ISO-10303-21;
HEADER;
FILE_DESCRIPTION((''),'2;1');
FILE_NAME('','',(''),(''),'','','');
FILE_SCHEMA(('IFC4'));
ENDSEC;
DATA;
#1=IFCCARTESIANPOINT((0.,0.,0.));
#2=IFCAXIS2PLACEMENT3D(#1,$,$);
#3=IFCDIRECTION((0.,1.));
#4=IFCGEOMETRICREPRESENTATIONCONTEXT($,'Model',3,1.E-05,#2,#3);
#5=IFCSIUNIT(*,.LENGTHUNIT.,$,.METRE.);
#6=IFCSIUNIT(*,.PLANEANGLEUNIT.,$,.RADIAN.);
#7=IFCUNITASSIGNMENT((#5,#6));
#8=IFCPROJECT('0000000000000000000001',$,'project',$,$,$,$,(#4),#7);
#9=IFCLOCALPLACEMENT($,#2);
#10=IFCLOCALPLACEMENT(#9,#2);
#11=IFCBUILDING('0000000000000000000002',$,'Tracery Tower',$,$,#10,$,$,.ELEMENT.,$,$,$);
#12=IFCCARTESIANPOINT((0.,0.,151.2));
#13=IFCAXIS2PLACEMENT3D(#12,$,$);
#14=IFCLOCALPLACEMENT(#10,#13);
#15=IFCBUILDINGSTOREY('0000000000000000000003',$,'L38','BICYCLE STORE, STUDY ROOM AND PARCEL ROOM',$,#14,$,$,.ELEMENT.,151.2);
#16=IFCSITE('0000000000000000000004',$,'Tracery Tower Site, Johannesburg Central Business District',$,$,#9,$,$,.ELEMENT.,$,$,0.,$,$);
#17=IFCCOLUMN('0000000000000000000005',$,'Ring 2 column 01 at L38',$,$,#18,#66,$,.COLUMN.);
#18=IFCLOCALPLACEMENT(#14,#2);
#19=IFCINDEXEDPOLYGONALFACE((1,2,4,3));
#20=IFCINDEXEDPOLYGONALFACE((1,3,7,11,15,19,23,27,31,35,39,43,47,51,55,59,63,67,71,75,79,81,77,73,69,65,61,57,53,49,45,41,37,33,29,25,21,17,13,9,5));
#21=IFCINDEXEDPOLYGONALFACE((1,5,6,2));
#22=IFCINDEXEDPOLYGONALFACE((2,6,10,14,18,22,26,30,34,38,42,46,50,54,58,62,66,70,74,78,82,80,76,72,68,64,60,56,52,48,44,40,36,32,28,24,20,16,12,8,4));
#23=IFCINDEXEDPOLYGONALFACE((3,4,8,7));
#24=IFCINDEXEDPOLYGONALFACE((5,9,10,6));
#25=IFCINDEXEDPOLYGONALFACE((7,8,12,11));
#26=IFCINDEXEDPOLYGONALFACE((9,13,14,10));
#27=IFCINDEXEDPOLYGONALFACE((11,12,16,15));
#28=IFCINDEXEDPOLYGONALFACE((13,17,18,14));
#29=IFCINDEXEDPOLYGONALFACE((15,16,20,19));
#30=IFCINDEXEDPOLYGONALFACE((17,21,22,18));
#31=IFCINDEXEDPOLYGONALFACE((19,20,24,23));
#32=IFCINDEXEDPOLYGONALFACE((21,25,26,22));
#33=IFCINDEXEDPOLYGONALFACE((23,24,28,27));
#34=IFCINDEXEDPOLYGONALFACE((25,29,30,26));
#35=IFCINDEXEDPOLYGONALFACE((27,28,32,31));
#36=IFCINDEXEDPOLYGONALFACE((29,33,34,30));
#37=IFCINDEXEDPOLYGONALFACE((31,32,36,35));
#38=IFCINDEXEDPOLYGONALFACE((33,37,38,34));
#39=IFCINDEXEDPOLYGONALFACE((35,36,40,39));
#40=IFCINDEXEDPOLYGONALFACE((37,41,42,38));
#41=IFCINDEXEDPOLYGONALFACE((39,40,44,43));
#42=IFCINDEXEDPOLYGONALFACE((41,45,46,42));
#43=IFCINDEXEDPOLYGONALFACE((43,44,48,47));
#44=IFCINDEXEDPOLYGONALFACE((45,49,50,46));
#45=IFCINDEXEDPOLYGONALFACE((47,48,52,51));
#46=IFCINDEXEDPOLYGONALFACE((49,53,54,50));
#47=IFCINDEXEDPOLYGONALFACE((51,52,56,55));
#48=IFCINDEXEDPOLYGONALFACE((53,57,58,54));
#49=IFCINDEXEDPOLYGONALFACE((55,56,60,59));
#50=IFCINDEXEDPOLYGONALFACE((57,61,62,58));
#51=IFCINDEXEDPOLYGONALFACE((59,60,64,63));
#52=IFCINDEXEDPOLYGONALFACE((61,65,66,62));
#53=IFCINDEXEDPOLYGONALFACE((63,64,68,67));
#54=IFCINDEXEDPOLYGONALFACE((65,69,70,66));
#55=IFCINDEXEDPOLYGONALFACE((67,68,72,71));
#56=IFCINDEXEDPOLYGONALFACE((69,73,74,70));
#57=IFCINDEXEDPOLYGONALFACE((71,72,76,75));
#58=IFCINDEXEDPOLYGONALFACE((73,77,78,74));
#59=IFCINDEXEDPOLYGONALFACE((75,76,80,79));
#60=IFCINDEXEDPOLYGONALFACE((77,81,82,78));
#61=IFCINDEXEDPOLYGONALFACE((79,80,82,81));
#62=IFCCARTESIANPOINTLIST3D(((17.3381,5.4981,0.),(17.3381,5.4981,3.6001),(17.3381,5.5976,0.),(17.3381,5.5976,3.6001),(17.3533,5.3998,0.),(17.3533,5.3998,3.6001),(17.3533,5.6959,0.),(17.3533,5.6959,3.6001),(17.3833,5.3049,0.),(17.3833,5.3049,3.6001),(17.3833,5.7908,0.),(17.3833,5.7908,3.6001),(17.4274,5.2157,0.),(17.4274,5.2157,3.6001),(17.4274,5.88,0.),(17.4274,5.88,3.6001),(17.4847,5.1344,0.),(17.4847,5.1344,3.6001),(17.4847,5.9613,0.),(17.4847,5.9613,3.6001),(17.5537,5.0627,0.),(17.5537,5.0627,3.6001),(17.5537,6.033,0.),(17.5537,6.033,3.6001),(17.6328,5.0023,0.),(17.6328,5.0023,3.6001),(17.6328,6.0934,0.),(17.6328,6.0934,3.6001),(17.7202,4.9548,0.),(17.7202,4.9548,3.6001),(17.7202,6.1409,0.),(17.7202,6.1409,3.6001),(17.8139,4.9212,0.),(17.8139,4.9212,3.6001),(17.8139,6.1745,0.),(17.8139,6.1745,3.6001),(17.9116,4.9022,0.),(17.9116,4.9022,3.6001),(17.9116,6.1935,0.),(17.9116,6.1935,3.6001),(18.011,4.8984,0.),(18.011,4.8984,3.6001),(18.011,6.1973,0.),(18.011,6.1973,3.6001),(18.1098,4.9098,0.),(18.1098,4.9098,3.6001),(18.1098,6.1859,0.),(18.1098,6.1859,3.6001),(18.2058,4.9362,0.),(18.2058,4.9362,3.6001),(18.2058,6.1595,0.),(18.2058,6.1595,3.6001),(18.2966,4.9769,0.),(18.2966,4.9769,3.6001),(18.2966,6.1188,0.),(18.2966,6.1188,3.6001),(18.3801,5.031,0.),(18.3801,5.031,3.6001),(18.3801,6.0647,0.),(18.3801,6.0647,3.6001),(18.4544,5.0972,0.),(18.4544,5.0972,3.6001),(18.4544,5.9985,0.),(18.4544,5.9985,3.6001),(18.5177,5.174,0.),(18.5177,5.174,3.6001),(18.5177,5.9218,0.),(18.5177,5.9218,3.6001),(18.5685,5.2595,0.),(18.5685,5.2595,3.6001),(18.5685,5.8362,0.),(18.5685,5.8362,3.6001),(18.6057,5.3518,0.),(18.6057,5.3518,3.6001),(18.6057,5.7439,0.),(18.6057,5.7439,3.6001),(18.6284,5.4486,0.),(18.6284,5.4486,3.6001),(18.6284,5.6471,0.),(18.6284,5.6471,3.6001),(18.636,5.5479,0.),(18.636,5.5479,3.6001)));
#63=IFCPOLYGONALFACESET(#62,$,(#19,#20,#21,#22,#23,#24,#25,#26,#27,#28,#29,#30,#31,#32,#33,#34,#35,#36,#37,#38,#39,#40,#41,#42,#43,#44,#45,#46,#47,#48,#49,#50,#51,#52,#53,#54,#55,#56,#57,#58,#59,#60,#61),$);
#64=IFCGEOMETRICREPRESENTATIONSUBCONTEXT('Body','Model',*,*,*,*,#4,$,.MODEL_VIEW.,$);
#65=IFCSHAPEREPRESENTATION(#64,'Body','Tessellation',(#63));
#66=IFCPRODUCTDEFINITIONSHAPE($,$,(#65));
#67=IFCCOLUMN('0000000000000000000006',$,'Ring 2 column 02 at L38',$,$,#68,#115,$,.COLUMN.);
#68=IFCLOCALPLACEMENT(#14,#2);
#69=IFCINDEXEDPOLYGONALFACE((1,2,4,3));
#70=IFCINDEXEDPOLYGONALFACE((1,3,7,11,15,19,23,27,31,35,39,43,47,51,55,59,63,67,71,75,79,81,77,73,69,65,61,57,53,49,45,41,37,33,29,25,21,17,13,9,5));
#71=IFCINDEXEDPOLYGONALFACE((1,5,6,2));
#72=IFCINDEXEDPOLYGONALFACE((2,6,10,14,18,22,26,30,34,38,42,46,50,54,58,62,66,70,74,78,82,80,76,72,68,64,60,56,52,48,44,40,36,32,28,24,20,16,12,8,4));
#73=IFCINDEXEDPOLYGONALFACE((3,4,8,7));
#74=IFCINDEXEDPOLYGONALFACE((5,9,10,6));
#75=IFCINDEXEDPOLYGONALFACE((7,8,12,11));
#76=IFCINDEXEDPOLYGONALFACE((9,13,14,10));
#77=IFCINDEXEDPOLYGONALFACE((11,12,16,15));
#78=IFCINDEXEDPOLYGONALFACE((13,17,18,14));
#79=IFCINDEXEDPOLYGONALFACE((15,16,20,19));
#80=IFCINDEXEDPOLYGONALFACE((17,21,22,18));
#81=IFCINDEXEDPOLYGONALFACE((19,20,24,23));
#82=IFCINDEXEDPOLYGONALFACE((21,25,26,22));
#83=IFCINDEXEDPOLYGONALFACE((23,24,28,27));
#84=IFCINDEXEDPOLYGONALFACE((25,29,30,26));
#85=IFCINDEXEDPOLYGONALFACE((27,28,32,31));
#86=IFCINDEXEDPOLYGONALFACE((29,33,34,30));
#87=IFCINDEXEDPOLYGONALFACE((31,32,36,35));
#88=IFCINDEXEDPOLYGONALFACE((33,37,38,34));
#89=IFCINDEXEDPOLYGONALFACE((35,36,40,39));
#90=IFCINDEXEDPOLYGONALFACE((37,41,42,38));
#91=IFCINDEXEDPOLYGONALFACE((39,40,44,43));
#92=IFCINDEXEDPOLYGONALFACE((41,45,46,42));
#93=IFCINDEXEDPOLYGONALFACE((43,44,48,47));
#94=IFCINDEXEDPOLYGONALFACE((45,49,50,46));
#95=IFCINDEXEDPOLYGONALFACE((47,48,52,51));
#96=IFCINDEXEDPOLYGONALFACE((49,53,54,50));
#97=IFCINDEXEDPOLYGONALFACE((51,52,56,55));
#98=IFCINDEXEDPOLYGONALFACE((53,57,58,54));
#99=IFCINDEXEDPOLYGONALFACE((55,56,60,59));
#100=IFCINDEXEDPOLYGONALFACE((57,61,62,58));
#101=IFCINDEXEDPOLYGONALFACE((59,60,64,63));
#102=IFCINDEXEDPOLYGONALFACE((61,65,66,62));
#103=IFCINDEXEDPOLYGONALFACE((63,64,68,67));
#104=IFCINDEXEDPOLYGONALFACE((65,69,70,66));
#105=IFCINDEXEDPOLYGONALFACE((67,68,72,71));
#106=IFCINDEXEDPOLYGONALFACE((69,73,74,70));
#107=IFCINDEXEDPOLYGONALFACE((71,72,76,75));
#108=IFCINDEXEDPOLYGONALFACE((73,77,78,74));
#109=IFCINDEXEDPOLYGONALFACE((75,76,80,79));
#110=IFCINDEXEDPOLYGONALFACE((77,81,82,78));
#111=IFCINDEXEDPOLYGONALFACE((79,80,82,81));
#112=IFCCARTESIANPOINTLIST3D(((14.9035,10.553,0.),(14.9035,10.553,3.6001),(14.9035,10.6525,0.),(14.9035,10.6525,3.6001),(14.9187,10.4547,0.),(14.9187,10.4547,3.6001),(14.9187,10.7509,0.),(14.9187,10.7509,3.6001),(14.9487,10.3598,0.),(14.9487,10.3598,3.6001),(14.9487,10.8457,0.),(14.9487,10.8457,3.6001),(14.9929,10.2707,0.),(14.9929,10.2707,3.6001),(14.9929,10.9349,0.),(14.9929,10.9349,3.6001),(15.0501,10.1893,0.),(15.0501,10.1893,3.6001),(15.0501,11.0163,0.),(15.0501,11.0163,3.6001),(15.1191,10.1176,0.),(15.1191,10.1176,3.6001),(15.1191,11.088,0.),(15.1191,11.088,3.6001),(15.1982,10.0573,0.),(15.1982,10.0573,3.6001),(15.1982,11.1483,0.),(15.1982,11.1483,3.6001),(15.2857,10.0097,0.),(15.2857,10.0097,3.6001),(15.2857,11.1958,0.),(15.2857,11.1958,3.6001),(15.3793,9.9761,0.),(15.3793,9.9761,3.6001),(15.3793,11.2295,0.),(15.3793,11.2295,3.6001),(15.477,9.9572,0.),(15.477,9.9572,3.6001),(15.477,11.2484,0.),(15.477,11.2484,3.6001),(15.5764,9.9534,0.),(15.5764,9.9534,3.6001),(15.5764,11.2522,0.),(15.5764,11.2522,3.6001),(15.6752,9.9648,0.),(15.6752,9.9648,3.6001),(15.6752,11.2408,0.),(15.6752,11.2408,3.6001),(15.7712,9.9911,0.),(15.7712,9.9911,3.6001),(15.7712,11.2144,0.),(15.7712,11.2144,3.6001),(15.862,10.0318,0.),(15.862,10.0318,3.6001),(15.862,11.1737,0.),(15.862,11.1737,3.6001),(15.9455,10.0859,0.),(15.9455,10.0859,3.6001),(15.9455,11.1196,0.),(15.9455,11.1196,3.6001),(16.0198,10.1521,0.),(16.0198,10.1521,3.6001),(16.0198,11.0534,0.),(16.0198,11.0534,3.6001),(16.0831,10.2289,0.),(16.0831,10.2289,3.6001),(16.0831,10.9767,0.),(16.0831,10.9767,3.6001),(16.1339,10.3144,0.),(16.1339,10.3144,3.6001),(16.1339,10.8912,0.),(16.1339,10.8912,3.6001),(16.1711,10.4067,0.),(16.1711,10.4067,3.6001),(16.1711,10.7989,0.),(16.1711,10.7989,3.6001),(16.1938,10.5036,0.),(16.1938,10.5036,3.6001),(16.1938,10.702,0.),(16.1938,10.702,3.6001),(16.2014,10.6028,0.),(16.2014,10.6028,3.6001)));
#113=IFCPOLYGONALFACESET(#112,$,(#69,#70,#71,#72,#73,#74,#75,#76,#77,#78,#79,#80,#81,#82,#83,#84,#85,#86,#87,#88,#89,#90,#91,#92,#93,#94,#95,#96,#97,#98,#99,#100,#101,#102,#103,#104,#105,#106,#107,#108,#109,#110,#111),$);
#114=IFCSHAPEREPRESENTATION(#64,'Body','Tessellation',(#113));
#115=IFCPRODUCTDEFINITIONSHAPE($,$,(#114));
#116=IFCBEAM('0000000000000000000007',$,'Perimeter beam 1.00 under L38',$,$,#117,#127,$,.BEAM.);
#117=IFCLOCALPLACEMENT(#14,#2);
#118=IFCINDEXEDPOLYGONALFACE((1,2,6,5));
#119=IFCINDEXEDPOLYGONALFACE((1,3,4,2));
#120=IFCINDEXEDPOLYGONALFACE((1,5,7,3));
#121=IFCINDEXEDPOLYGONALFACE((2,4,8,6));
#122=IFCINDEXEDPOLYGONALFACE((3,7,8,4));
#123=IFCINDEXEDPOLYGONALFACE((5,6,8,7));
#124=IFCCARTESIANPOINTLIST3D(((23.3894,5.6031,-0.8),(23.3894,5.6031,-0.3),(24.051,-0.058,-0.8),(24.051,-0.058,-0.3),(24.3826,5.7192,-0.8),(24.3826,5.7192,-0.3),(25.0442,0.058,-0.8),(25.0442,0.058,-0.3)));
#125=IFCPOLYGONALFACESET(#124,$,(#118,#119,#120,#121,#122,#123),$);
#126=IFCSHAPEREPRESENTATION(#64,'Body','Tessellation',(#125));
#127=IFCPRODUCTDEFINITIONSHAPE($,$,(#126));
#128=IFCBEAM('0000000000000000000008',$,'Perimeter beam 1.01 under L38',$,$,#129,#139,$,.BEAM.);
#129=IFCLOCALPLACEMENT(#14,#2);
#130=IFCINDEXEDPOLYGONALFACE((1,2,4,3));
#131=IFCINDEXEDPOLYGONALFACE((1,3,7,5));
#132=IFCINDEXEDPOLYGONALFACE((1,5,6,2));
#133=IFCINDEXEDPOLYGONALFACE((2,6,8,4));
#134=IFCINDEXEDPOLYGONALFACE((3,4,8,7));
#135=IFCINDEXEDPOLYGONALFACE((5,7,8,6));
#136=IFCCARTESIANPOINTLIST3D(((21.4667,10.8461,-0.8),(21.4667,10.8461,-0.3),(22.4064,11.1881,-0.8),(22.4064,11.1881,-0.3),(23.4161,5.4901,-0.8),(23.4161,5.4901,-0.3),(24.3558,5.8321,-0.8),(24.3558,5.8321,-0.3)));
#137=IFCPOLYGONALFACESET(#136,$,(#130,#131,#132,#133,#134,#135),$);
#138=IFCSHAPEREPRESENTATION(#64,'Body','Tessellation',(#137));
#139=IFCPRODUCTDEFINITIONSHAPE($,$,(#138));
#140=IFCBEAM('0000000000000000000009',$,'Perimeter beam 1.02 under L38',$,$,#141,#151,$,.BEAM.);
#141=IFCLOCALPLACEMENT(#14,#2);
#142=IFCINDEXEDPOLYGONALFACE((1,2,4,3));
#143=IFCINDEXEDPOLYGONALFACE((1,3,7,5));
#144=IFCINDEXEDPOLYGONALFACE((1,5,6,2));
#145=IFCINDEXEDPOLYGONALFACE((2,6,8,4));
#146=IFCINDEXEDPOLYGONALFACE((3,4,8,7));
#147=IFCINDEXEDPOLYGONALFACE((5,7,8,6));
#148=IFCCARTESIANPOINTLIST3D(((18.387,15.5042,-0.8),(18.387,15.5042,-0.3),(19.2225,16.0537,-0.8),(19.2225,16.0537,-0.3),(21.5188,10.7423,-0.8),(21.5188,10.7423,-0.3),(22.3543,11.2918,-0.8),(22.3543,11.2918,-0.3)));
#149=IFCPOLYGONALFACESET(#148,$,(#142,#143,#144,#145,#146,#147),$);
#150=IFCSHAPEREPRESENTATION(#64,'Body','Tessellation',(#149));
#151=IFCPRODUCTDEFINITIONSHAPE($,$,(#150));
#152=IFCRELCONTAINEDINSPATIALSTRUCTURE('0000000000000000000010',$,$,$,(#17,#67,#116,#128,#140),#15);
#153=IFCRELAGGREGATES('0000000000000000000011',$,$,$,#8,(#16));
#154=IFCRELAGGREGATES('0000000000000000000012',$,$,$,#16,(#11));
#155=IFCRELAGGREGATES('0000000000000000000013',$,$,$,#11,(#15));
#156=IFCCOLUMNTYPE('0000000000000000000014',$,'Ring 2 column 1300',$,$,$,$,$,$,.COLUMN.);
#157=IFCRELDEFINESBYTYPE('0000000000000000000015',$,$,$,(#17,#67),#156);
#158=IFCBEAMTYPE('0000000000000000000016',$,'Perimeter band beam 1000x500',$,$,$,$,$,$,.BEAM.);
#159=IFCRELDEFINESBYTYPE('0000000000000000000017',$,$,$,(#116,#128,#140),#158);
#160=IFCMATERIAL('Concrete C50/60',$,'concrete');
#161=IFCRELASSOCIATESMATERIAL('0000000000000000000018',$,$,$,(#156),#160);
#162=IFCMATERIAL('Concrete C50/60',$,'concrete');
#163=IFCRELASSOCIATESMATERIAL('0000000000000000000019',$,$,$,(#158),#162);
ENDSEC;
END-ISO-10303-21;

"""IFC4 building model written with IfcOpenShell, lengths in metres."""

from ifc_helpers import new_model, si_unit, direction, frame, origin, origin_2d, place, context, subcontext, project, spatial, rectangle, circle, extrude, material, material_profile, profile_set, type_object, element, save


model = new_model("IFC4")

# Units and contexts
model_context = context("Model", 3, precision=1e-05, world=origin(), true_north=direction((0.0, 1.0)))
body_context = subcontext(model_context, "Body", "Model", "MODEL_VIEW")
ifc_project = project(units=[si_unit("LENGTHUNIT", "METRE"), si_unit("PLANEANGLEUNIT", "RADIAN")], contexts=[model_context])

# Site, building, storey
site_placement = place(None, origin())
site = spatial("IfcSite", under=ifc_project, at=site_placement, Name="Tracery Tower Site, Johannesburg Central Business District", CompositionType="ELEMENT", RefElevation=0.0)
building_placement = place(site_placement, origin())
building = spatial("IfcBuilding", under=site, at=building_placement, Name="Tracery Tower", CompositionType="ELEMENT")
storey_placement = place(building_placement, frame((0.0, 0.0, 151.2)))
storey = spatial("IfcBuildingStorey", under=building, at=storey_placement, Name="L38", Description="BICYCLE STORE, STUDY ROOM AND PARCEL ROOM", CompositionType="ELEMENT", Elevation=151.2)

# Columns
ifc_material_1 = material(Name="Concrete C50/60", Category="concrete")
ifc_material_profile_1 = material_profile(ifc_material_1, circle(Radius=0.6499, at=origin_2d()), Name="RC D1300")
ifc_profile_set_1 = profile_set([ifc_material_profile_1], Name="Concrete C50/60")
column_type_1 = type_object("IfcColumnType", Name="Ring 2 column 1300", PredefinedType="COLUMN", material=ifc_profile_set_1)
for number, where, z_axis, x_axis, name in (
    (1, (17.9861, 5.5479, 0.0), (0.0, 0.0, 1.0), (1.0, 0.0, 0.0), "Ring 2 column 01 at L38"),
    (2, (15.5515, 10.6028, 0.0), (0.0, 0.0, 1.0), (1.0, 0.0, 0.0), "Ring 2 column 02 at L38"),
):
    element("IfcColumn", number, at=place(storey_placement, frame(where, z_axis=z_axis, x_axis=x_axis)), inside=storey, type_object=column_type_1, Name=name, PredefinedType="COLUMN", context=body_context, shape_type="SweptSolid", body=[
        extrude(circle(Radius=0.6499, at=origin_2d()), origin(), (0.0, 0.0, 1.0), 3.6001),
    ])

# Beams
ifc_material_2 = material(Name="Concrete C50/60", Category="concrete")
ifc_material_profile_2 = material_profile(ifc_material_2, rectangle(XDim=1.0, YDim=0.5, at=origin_2d()), Name="RC 1000x500")
ifc_profile_set_2 = profile_set([ifc_material_profile_2], Name="Concrete C50/60")
beam_type = type_object("IfcBeamType", Name="Perimeter band beam 1000x500", PredefinedType="BEAM", material=ifc_profile_set_2)
for number, where, z_axis, x_axis, name in (
    (3, (24.5476, 0.0, -0.55), (-0.116081, 0.99324, 0.0), (-0.99324, -0.116081, 0.0), "Perimeter beam 1.00 under L38"),
    (4, (23.886, 5.6611, -0.55), (-0.342029, 0.93969, 0.0), (-0.93969, -0.342029, 0.0), "Perimeter beam 1.01 under L38"),
):
    element("IfcBeam", number, at=place(storey_placement, frame(where, z_axis=z_axis, x_axis=x_axis)), inside=storey, type_object=beam_type, Name=name, PredefinedType="BEAM", context=body_context, shape_type="SweptSolid", body=[
        extrude(rectangle(XDim=1.0, YDim=0.5, at=origin_2d()), origin(), (0.0, 0.0, 1.0), 5.6997),
    ])
beam_placement = place(storey_placement, frame((21.9365, 11.0171, -0.55), z_axis=(-0.54949, 0.8355, 0.0), x_axis=(-0.8355, -0.54949, 0.0)))
element("IfcBeam", 5, at=beam_placement, inside=storey, type_object=beam_type, Name="Perimeter beam 1.02 under L38", PredefinedType="BEAM", context=body_context, shape_type="SweptSolid", body=[
    extrude(rectangle(XDim=1.0, YDim=0.5, at=origin_2d()), origin(), (0.0, 0.0, 1.0), 5.6995),
])

save(model, "model.ifc")
